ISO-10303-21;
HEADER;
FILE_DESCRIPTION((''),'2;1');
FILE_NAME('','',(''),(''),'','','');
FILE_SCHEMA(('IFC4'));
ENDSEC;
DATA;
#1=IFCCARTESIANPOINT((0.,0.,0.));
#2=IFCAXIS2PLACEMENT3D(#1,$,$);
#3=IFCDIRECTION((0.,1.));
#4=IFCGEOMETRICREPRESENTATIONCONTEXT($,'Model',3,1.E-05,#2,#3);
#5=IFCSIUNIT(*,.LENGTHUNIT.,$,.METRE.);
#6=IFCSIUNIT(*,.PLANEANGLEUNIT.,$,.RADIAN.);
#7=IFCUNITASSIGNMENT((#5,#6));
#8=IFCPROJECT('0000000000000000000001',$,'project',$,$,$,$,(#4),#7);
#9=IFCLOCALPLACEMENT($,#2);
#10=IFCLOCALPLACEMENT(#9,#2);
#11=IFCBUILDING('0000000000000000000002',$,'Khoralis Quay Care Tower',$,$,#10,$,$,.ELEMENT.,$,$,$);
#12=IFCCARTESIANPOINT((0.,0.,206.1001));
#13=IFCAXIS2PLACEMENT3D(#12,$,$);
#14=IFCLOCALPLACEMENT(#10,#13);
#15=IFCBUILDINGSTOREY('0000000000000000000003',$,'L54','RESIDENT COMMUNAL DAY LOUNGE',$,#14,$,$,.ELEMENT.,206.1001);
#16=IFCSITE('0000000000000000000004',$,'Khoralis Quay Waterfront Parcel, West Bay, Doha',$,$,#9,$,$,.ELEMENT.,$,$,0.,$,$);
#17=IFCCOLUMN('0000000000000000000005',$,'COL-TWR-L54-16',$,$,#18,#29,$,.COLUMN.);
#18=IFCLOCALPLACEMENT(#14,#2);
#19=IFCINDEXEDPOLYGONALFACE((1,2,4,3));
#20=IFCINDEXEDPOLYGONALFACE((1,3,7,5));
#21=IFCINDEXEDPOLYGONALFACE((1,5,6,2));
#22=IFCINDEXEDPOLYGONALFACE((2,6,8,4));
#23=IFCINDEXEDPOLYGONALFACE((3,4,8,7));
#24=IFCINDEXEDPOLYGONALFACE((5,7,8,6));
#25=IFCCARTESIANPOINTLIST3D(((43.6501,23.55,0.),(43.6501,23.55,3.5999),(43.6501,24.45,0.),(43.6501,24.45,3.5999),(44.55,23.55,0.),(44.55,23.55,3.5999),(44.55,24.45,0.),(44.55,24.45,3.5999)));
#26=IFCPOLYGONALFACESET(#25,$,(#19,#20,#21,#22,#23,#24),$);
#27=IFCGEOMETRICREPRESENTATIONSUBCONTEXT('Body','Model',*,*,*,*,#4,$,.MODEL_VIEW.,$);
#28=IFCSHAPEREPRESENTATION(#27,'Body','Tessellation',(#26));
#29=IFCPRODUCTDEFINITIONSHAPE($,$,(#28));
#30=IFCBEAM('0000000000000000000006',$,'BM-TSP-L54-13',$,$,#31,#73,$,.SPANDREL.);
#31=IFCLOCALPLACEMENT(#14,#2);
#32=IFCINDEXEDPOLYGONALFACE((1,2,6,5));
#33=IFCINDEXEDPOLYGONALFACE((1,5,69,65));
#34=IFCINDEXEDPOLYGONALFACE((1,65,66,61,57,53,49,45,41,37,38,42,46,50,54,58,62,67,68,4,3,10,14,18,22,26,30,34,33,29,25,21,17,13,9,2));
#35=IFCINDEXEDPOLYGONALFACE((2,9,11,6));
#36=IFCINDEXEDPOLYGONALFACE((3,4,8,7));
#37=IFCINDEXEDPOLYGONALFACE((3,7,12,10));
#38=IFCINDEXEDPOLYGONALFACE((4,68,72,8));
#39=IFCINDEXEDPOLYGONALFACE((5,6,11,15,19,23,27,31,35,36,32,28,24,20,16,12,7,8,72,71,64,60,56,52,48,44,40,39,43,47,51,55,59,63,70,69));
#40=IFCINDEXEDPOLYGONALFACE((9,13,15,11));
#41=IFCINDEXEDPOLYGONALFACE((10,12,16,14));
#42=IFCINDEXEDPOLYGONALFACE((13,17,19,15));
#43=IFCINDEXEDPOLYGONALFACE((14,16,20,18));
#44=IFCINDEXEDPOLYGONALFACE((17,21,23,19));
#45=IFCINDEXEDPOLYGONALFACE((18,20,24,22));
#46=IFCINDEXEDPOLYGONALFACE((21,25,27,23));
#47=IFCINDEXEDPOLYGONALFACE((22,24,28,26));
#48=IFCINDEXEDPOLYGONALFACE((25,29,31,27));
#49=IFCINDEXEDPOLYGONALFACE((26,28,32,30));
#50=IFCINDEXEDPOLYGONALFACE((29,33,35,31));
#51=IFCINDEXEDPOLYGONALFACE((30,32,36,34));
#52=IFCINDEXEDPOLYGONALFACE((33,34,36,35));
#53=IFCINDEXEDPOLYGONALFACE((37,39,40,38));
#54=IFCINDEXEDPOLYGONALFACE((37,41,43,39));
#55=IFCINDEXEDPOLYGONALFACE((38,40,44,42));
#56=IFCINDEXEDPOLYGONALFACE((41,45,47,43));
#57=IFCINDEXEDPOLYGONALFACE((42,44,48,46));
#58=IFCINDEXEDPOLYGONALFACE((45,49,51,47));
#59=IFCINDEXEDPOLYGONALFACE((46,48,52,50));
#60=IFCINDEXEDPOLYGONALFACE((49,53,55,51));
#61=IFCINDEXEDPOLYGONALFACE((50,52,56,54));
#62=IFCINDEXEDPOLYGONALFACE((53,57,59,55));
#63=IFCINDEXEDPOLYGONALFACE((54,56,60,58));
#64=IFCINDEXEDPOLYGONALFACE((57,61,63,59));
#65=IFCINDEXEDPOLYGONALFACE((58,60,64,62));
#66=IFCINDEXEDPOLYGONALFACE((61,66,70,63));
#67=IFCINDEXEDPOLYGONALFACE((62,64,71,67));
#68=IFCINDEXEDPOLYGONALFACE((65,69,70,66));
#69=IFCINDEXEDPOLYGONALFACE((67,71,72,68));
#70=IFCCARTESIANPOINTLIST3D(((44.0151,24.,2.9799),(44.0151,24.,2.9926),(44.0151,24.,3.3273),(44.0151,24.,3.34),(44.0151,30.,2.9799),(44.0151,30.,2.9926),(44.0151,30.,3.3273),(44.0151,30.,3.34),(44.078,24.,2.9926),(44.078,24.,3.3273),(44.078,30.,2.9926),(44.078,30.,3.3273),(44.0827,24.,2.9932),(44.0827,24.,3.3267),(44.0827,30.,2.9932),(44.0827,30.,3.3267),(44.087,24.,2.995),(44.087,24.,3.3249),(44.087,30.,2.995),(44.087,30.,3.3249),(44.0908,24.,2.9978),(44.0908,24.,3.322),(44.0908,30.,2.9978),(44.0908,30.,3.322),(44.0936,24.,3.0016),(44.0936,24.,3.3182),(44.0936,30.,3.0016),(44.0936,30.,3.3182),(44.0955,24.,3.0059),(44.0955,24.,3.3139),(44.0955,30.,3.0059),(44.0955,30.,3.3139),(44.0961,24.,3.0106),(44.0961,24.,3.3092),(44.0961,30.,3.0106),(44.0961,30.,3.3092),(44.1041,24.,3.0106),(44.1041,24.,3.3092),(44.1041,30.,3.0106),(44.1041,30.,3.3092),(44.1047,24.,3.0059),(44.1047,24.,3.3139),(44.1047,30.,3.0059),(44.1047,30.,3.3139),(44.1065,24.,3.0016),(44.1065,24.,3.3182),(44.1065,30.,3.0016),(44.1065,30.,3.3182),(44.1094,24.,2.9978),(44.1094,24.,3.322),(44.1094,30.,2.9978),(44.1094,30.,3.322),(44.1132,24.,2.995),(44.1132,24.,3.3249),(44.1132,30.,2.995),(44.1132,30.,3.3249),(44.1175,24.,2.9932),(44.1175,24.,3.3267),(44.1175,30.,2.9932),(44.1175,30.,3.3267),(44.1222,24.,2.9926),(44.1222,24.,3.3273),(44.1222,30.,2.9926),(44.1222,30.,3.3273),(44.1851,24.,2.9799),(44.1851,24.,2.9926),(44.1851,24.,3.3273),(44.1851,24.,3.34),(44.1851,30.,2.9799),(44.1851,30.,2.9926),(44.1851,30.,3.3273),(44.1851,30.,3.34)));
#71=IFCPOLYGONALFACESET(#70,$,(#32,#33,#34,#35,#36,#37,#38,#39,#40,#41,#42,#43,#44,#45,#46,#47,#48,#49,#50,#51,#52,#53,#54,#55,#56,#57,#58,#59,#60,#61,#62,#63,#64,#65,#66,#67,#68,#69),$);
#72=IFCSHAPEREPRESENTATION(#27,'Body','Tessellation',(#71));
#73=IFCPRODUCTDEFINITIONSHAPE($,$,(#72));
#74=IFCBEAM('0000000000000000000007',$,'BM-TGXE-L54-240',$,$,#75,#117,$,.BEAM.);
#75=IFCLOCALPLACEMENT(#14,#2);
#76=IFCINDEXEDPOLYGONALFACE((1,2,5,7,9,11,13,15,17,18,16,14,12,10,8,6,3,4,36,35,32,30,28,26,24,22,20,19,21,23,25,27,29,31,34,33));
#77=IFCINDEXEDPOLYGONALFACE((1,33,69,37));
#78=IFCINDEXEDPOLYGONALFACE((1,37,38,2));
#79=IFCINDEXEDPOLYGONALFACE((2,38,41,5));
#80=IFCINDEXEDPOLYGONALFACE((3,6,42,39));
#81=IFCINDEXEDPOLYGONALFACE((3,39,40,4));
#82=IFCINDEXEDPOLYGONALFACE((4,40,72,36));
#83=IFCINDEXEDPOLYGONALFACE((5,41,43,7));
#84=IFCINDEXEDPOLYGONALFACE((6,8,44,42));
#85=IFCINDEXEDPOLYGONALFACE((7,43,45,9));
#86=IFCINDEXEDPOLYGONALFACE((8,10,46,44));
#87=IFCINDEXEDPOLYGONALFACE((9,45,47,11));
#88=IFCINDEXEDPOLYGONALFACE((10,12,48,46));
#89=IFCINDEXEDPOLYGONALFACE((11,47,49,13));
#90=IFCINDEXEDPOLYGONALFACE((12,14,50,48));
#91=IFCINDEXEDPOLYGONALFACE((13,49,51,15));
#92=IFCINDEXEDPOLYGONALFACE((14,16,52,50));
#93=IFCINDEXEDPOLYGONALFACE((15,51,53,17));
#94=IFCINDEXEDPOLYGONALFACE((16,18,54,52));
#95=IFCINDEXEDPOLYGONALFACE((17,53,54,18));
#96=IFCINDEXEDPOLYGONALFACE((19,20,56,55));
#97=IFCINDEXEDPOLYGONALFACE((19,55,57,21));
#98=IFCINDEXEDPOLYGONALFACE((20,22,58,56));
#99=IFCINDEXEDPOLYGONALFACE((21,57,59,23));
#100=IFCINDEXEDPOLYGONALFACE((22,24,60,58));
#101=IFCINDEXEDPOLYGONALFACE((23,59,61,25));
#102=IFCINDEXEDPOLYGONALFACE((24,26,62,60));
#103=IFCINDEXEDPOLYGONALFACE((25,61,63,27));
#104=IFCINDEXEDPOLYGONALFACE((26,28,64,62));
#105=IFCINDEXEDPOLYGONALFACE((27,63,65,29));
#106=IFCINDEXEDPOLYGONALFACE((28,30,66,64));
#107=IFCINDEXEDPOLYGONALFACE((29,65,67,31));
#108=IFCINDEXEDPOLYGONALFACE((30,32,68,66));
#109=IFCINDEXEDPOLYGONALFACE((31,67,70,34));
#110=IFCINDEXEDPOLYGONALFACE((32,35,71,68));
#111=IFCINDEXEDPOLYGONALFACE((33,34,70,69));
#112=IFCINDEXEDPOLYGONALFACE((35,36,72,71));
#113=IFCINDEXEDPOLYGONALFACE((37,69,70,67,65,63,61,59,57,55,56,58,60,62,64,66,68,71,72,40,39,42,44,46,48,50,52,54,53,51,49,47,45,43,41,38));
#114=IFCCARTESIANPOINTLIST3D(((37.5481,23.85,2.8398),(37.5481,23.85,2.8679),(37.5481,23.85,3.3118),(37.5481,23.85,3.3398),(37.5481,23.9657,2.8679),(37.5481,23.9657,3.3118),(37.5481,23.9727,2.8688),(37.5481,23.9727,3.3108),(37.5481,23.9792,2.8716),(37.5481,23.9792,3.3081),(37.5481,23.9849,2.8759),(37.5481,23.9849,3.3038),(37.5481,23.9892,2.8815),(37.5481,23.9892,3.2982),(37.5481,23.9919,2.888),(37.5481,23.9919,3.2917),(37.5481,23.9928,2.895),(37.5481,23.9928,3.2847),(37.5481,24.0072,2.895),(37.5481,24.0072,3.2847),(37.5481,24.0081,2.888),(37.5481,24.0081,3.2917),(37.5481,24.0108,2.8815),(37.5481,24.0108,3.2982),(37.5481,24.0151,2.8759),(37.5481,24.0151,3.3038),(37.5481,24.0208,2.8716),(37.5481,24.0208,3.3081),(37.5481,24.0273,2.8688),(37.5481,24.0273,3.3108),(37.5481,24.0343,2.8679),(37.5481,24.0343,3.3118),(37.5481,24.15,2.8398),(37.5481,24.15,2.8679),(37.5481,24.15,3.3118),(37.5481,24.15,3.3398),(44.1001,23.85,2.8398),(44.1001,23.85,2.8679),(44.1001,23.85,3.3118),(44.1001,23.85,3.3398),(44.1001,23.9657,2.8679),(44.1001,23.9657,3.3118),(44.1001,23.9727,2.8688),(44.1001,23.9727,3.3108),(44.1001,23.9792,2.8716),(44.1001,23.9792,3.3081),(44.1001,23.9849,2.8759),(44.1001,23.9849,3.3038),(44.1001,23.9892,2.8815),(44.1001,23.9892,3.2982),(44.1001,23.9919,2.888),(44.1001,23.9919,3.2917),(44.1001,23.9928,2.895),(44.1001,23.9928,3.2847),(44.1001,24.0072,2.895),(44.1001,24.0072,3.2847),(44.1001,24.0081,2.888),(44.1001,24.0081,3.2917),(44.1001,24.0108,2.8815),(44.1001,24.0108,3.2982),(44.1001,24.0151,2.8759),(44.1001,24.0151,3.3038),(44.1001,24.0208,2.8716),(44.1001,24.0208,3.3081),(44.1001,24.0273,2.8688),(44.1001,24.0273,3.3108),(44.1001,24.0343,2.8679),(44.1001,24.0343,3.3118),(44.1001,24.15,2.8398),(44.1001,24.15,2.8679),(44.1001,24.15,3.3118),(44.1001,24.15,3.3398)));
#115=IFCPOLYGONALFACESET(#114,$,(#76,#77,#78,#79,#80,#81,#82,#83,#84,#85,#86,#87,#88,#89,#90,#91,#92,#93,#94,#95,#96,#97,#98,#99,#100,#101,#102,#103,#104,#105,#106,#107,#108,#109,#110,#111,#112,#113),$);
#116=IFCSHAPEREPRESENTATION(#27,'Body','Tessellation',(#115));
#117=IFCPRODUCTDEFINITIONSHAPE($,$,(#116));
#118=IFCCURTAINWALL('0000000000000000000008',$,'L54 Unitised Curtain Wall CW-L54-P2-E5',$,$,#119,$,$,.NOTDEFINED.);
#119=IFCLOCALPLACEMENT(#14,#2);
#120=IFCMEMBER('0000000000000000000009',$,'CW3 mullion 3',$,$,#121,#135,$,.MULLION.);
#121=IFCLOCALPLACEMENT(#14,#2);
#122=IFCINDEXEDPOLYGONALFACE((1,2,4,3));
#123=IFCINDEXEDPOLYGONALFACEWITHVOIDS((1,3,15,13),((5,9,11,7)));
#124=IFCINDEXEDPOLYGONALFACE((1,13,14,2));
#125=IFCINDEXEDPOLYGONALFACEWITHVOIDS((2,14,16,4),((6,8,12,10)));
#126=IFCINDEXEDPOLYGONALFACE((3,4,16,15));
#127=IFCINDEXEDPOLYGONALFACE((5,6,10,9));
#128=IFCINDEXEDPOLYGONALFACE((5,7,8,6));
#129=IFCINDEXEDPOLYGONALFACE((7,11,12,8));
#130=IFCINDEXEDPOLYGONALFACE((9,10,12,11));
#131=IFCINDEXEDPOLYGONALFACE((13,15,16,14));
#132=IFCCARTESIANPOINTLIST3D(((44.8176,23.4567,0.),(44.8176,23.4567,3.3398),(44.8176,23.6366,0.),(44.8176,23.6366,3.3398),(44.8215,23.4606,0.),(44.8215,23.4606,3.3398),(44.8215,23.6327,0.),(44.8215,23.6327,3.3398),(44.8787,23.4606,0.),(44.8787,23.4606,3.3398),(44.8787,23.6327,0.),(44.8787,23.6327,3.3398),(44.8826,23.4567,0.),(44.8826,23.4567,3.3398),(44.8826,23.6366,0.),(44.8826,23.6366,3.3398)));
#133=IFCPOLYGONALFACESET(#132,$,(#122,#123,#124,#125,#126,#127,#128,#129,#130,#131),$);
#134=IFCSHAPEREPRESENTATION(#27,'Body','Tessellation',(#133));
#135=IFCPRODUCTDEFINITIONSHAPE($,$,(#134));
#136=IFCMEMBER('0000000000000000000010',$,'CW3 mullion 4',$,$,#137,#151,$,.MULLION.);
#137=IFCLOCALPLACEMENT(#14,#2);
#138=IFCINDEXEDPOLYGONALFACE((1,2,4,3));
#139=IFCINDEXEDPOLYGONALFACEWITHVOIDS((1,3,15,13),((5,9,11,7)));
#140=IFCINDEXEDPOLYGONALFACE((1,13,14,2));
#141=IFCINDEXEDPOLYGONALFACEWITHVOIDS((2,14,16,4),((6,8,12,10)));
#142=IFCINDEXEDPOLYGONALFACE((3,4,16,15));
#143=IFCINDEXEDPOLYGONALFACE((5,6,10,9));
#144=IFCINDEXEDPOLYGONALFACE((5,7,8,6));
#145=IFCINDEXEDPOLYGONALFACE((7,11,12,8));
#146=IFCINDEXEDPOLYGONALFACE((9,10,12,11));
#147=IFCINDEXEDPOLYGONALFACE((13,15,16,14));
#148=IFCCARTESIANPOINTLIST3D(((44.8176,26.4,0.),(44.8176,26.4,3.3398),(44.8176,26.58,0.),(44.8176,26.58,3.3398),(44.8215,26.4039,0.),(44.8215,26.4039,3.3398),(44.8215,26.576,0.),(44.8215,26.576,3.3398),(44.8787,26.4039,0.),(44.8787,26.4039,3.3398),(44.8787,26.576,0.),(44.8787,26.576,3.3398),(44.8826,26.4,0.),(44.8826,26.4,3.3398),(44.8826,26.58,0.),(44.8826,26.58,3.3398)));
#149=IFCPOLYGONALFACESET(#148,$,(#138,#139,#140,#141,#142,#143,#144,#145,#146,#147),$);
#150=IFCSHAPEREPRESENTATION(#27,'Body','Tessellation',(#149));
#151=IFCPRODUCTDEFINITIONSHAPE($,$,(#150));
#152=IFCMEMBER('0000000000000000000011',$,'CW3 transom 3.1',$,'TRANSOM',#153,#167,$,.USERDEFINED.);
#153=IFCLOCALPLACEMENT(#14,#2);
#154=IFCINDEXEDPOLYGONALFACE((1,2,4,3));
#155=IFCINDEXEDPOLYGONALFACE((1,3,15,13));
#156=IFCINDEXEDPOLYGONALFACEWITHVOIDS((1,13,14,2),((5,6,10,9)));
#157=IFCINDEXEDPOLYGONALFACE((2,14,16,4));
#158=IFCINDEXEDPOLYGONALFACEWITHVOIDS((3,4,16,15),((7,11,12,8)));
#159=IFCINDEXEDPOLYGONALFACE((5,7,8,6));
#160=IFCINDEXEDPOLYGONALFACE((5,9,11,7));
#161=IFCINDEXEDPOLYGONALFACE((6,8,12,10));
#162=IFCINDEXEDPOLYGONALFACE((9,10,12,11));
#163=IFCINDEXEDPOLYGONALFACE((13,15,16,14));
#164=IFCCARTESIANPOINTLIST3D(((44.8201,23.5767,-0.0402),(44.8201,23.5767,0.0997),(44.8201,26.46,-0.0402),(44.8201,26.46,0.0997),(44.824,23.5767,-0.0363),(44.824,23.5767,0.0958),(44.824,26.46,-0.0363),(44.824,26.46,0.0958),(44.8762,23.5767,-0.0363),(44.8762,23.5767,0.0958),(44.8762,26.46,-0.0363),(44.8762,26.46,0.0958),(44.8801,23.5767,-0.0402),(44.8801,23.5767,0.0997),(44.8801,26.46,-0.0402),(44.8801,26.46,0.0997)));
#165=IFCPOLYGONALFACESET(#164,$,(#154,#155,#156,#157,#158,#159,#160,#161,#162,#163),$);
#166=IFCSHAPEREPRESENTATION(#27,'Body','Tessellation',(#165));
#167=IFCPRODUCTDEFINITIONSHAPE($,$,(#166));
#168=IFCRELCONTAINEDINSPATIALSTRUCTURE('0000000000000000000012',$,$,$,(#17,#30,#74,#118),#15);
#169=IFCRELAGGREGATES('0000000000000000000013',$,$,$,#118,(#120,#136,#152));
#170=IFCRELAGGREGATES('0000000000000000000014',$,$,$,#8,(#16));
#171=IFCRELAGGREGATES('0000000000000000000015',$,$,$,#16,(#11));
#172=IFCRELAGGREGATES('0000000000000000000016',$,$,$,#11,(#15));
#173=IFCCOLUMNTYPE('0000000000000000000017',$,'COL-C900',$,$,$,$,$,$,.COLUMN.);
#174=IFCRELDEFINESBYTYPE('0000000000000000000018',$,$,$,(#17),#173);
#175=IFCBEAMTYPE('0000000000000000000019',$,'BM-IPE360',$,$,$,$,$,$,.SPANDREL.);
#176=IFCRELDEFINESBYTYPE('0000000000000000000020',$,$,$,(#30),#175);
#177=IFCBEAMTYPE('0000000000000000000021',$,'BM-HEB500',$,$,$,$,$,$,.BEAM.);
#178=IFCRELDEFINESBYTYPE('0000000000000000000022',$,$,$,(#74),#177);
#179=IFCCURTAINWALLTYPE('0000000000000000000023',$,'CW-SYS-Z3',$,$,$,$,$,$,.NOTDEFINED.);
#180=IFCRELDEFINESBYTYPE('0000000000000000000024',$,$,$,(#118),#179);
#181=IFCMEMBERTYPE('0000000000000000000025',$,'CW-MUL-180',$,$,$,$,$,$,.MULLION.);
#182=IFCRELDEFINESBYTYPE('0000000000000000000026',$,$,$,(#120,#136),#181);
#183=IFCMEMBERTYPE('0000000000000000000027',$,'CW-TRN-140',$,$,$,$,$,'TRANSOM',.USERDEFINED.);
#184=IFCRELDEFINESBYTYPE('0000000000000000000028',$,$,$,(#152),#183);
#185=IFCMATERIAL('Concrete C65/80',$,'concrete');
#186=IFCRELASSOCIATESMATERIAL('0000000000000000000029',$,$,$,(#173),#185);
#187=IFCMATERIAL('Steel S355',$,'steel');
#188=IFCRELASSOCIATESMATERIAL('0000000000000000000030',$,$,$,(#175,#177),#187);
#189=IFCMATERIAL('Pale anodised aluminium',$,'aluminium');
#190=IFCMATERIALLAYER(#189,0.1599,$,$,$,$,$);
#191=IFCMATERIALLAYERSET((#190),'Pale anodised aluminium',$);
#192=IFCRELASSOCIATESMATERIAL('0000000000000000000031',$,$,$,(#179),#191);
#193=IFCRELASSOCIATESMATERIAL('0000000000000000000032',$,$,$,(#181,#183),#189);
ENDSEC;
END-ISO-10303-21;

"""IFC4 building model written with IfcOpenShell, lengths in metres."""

from ifc_helpers import new_model, si_unit, direction, frame, origin, origin_2d, place, context, subcontext, project, spatial, rectangle, hollow_rectangle, i_section, extrude, source, transform, mapped, material, layer, layer_set, material_profile, profile_set, type_object, element, aggregate, save


model = new_model("IFC4")

# Units and contexts
model_context = context("Model", 3, precision=1e-05, world=origin(), true_north=direction((0.0, 1.0)))
body_context = subcontext(model_context, "Body", "Model", "MODEL_VIEW")
ifc_project = project(units=[si_unit("LENGTHUNIT", "METRE"), si_unit("PLANEANGLEUNIT", "RADIAN")], contexts=[model_context])

# Site, building, storey
site_placement = place(None, origin())
site = spatial("IfcSite", under=ifc_project, at=site_placement, Name="Khoralis Quay Waterfront Parcel, West Bay, Doha", CompositionType="ELEMENT", RefElevation=0.0)
building_placement = place(site_placement, origin())
building = spatial("IfcBuilding", under=site, at=building_placement, Name="Khoralis Quay Care Tower", CompositionType="ELEMENT")
storey_placement = place(building_placement, frame((0.0, 0.0, 206.1001)))
storey = spatial("IfcBuildingStorey", under=building, at=storey_placement, Name="L54", Description="RESIDENT COMMUNAL DAY LOUNGE", CompositionType="ELEMENT", Elevation=206.1001)

# Column
ifc_material_1 = material(Name="Concrete C65/80", Category="concrete")
ifc_material_profile_1 = material_profile(ifc_material_1, rectangle(XDim=0.8999, YDim=0.8999, at=origin_2d()), Name="Concrete C65/80")
ifc_profile_set_1 = profile_set([ifc_material_profile_1], Name="Concrete C65/80")
column_type = type_object("IfcColumnType", Name="COL-C900", PredefinedType="COLUMN", material=ifc_profile_set_1)
shared_shape_1 = source(origin(), body_context, "Body", "SweptSolid", [
    extrude(rectangle(XDim=0.8999, YDim=0.8999, at=origin_2d()), origin(), (0.0, 0.0, 1.0), 3.5999),
])
column_placement = place(storey_placement, frame((44.1001, 24.0, 0.0), z_axis=(0.0, 0.0, 1.0), x_axis=(1.0, 0.0, 0.0)))
element("IfcColumn", 1, at=column_placement, inside=storey, type_object=column_type, Name="COL-TWR-L54-16", PredefinedType="COLUMN", context=body_context, shape_type="MappedRepresentation", body=[
    mapped(shared_shape_1, transform((0.0, 0.0, 0.0), scale=1.0)),
])

# Beams
ifc_material_2 = material(Name="Steel S355", Category="steel")
ifc_material_profile_2 = material_profile(ifc_material_2, i_section(OverallWidth=0.1699, OverallDepth=0.3601, WebThickness=0.0081, FlangeThickness=0.0127, FilletRadius=0.0181, at=origin_2d()), Name="Steel S355")
ifc_profile_set_2 = profile_set([ifc_material_profile_2], Name="Steel S355")
beam_type_1 = type_object("IfcBeamType", Name="BM-IPE360", PredefinedType="SPANDREL", material=ifc_profile_set_2)
shared_shape_2 = source(origin(), body_context, "Body", "SweptSolid", [
    extrude(i_section(OverallWidth=0.1699, OverallDepth=0.3601, WebThickness=0.0081, FlangeThickness=0.0127, FilletRadius=0.0181, at=origin_2d()), origin(), (0.0, 0.0, 1.0), 6.0),
])
beam_1_placement = place(storey_placement, frame((44.1001, 24.0, 3.1599), z_axis=(0.0, 1.0, 0.0), x_axis=(-1.0, 0.0, 0.0)))
element("IfcBeam", 2, at=beam_1_placement, inside=storey, type_object=beam_type_1, Name="BM-TSP-L54-13", PredefinedType="SPANDREL", context=body_context, shape_type="MappedRepresentation", body=[
    mapped(shared_shape_2, transform((0.0, 0.0, 0.0), scale=1.0)),
])
ifc_material_profile_3 = material_profile(ifc_material_2, i_section(OverallWidth=0.3, OverallDepth=0.5, WebThickness=0.0144, FlangeThickness=0.0281, FilletRadius=0.0271, at=origin_2d()), Name="Steel S355")
ifc_profile_set_3 = profile_set([ifc_material_profile_3], Name="Steel S355")
beam_type_2 = type_object("IfcBeamType", Name="BM-HEB500", PredefinedType="BEAM", material=ifc_profile_set_3)
shared_shape_3 = source(origin(), body_context, "Body", "SweptSolid", [
    extrude(i_section(OverallWidth=0.3, OverallDepth=0.5, WebThickness=0.0144, FlangeThickness=0.0281, FilletRadius=0.0271, at=origin_2d()), origin(), (0.0, 0.0, 1.0), 6.552),
])
beam_2_placement = place(storey_placement, frame((37.5481, 24.0, 3.0898), z_axis=(1.0, 0.0, 0.0), x_axis=(0.0, 1.0, 0.0)))
element("IfcBeam", 3, at=beam_2_placement, inside=storey, type_object=beam_type_2, Name="BM-TGXE-L54-240", PredefinedType="BEAM", context=body_context, shape_type="MappedRepresentation", body=[
    mapped(shared_shape_3, transform((0.0, 0.0, 0.0), scale=1.0)),
])

# Curtain wall, members
ifc_material_3 = material(Name="Pale anodised aluminium", Category="aluminium")
ifc_layer_1 = layer(ifc_material_3, 0.1599)
ifc_layer_set_1 = layer_set([ifc_layer_1], Name="Pale anodised aluminium")
curtain_wall_type = type_object("IfcCurtainWallType", Name="CW-SYS-Z3", PredefinedType="NOTDEFINED", material=ifc_layer_set_1)
curtain_wall_placement = place(storey_placement, origin())
curtain_wall = element("IfcCurtainWall", 4, at=curtain_wall_placement, inside=storey, type_object=curtain_wall_type, Name="L54 Unitised Curtain Wall CW-L54-P2-E5", PredefinedType="NOTDEFINED")
ifc_material_profile_4 = material_profile(ifc_material_3, hollow_rectangle(XDim=0.0649, YDim=0.1799, WallThickness=0.0039, at=origin_2d()), Name="Pale anodised aluminium")
ifc_profile_set_4 = profile_set([ifc_material_profile_4], Name="Pale anodised aluminium")
member_type_1 = type_object("IfcMemberType", Name="CW-MUL-180", PredefinedType="MULLION", material=ifc_profile_set_4)
shared_shape_4 = source(origin(), body_context, "Body", "SweptSolid", [
    extrude(hollow_rectangle(XDim=0.0649, YDim=0.1799, WallThickness=0.0039, at=origin_2d()), origin(), (0.0, 0.0, 1.0), 3.3398),
])
member_1_placement = place(storey_placement, frame((44.8501, 23.5466, 0.0), z_axis=(0.0, 0.0, 1.0), x_axis=(-1.0, 0.0, 0.0)))
member_1 = element("IfcMember", 5, at=member_1_placement, type_object=member_type_1, Name="CW3 mullion 3", PredefinedType="MULLION", context=body_context, shape_type="MappedRepresentation", body=[
    mapped(shared_shape_4, transform((0.0, 0.0, 0.0), scale=1.0)),
])
member_2_placement = place(storey_placement, frame((44.8501, 26.49, 0.0), z_axis=(0.0, 0.0, 1.0), x_axis=(-1.0, 0.0, 0.0)))
member_2 = element("IfcMember", 6, at=member_2_placement, type_object=member_type_1, Name="CW3 mullion 4", PredefinedType="MULLION", context=body_context, shape_type="MappedRepresentation", body=[
    mapped(shared_shape_4, transform((0.0, 0.0, 0.0), scale=1.0)),
])
ifc_material_profile_5 = material_profile(ifc_material_3, hollow_rectangle(XDim=0.0601, YDim=0.1399, WallThickness=0.0039, at=origin_2d()), Name="Pale anodised aluminium")
ifc_profile_set_5 = profile_set([ifc_material_profile_5], Name="Pale anodised aluminium")
member_type_2 = type_object("IfcMemberType", Name="CW-TRN-140", ElementType="TRANSOM", PredefinedType="USERDEFINED", material=ifc_profile_set_5)
shared_shape_5 = source(origin(), body_context, "Body", "SweptSolid", [
    extrude(hollow_rectangle(XDim=0.0601, YDim=0.1399, WallThickness=0.0039, at=origin_2d()), origin(), (0.0, 0.0, 1.0), 2.8833),
])
member_3_placement = place(storey_placement, frame((44.8501, 23.5767, 0.0298), z_axis=(0.0, 1.0, 0.0), x_axis=(-1.0, 0.0, 0.0)))
member_3 = element("IfcMember", 7, at=member_3_placement, type_object=member_type_2, Name="CW3 transom 3.1", ObjectType="TRANSOM", PredefinedType="USERDEFINED", context=body_context, shape_type="MappedRepresentation", body=[
    mapped(shared_shape_5, transform((0.0, 0.0, 0.0), scale=1.0)),
])
aggregate(curtain_wall, [member_1, member_2, member_3])

save(model, "model.ifc")
